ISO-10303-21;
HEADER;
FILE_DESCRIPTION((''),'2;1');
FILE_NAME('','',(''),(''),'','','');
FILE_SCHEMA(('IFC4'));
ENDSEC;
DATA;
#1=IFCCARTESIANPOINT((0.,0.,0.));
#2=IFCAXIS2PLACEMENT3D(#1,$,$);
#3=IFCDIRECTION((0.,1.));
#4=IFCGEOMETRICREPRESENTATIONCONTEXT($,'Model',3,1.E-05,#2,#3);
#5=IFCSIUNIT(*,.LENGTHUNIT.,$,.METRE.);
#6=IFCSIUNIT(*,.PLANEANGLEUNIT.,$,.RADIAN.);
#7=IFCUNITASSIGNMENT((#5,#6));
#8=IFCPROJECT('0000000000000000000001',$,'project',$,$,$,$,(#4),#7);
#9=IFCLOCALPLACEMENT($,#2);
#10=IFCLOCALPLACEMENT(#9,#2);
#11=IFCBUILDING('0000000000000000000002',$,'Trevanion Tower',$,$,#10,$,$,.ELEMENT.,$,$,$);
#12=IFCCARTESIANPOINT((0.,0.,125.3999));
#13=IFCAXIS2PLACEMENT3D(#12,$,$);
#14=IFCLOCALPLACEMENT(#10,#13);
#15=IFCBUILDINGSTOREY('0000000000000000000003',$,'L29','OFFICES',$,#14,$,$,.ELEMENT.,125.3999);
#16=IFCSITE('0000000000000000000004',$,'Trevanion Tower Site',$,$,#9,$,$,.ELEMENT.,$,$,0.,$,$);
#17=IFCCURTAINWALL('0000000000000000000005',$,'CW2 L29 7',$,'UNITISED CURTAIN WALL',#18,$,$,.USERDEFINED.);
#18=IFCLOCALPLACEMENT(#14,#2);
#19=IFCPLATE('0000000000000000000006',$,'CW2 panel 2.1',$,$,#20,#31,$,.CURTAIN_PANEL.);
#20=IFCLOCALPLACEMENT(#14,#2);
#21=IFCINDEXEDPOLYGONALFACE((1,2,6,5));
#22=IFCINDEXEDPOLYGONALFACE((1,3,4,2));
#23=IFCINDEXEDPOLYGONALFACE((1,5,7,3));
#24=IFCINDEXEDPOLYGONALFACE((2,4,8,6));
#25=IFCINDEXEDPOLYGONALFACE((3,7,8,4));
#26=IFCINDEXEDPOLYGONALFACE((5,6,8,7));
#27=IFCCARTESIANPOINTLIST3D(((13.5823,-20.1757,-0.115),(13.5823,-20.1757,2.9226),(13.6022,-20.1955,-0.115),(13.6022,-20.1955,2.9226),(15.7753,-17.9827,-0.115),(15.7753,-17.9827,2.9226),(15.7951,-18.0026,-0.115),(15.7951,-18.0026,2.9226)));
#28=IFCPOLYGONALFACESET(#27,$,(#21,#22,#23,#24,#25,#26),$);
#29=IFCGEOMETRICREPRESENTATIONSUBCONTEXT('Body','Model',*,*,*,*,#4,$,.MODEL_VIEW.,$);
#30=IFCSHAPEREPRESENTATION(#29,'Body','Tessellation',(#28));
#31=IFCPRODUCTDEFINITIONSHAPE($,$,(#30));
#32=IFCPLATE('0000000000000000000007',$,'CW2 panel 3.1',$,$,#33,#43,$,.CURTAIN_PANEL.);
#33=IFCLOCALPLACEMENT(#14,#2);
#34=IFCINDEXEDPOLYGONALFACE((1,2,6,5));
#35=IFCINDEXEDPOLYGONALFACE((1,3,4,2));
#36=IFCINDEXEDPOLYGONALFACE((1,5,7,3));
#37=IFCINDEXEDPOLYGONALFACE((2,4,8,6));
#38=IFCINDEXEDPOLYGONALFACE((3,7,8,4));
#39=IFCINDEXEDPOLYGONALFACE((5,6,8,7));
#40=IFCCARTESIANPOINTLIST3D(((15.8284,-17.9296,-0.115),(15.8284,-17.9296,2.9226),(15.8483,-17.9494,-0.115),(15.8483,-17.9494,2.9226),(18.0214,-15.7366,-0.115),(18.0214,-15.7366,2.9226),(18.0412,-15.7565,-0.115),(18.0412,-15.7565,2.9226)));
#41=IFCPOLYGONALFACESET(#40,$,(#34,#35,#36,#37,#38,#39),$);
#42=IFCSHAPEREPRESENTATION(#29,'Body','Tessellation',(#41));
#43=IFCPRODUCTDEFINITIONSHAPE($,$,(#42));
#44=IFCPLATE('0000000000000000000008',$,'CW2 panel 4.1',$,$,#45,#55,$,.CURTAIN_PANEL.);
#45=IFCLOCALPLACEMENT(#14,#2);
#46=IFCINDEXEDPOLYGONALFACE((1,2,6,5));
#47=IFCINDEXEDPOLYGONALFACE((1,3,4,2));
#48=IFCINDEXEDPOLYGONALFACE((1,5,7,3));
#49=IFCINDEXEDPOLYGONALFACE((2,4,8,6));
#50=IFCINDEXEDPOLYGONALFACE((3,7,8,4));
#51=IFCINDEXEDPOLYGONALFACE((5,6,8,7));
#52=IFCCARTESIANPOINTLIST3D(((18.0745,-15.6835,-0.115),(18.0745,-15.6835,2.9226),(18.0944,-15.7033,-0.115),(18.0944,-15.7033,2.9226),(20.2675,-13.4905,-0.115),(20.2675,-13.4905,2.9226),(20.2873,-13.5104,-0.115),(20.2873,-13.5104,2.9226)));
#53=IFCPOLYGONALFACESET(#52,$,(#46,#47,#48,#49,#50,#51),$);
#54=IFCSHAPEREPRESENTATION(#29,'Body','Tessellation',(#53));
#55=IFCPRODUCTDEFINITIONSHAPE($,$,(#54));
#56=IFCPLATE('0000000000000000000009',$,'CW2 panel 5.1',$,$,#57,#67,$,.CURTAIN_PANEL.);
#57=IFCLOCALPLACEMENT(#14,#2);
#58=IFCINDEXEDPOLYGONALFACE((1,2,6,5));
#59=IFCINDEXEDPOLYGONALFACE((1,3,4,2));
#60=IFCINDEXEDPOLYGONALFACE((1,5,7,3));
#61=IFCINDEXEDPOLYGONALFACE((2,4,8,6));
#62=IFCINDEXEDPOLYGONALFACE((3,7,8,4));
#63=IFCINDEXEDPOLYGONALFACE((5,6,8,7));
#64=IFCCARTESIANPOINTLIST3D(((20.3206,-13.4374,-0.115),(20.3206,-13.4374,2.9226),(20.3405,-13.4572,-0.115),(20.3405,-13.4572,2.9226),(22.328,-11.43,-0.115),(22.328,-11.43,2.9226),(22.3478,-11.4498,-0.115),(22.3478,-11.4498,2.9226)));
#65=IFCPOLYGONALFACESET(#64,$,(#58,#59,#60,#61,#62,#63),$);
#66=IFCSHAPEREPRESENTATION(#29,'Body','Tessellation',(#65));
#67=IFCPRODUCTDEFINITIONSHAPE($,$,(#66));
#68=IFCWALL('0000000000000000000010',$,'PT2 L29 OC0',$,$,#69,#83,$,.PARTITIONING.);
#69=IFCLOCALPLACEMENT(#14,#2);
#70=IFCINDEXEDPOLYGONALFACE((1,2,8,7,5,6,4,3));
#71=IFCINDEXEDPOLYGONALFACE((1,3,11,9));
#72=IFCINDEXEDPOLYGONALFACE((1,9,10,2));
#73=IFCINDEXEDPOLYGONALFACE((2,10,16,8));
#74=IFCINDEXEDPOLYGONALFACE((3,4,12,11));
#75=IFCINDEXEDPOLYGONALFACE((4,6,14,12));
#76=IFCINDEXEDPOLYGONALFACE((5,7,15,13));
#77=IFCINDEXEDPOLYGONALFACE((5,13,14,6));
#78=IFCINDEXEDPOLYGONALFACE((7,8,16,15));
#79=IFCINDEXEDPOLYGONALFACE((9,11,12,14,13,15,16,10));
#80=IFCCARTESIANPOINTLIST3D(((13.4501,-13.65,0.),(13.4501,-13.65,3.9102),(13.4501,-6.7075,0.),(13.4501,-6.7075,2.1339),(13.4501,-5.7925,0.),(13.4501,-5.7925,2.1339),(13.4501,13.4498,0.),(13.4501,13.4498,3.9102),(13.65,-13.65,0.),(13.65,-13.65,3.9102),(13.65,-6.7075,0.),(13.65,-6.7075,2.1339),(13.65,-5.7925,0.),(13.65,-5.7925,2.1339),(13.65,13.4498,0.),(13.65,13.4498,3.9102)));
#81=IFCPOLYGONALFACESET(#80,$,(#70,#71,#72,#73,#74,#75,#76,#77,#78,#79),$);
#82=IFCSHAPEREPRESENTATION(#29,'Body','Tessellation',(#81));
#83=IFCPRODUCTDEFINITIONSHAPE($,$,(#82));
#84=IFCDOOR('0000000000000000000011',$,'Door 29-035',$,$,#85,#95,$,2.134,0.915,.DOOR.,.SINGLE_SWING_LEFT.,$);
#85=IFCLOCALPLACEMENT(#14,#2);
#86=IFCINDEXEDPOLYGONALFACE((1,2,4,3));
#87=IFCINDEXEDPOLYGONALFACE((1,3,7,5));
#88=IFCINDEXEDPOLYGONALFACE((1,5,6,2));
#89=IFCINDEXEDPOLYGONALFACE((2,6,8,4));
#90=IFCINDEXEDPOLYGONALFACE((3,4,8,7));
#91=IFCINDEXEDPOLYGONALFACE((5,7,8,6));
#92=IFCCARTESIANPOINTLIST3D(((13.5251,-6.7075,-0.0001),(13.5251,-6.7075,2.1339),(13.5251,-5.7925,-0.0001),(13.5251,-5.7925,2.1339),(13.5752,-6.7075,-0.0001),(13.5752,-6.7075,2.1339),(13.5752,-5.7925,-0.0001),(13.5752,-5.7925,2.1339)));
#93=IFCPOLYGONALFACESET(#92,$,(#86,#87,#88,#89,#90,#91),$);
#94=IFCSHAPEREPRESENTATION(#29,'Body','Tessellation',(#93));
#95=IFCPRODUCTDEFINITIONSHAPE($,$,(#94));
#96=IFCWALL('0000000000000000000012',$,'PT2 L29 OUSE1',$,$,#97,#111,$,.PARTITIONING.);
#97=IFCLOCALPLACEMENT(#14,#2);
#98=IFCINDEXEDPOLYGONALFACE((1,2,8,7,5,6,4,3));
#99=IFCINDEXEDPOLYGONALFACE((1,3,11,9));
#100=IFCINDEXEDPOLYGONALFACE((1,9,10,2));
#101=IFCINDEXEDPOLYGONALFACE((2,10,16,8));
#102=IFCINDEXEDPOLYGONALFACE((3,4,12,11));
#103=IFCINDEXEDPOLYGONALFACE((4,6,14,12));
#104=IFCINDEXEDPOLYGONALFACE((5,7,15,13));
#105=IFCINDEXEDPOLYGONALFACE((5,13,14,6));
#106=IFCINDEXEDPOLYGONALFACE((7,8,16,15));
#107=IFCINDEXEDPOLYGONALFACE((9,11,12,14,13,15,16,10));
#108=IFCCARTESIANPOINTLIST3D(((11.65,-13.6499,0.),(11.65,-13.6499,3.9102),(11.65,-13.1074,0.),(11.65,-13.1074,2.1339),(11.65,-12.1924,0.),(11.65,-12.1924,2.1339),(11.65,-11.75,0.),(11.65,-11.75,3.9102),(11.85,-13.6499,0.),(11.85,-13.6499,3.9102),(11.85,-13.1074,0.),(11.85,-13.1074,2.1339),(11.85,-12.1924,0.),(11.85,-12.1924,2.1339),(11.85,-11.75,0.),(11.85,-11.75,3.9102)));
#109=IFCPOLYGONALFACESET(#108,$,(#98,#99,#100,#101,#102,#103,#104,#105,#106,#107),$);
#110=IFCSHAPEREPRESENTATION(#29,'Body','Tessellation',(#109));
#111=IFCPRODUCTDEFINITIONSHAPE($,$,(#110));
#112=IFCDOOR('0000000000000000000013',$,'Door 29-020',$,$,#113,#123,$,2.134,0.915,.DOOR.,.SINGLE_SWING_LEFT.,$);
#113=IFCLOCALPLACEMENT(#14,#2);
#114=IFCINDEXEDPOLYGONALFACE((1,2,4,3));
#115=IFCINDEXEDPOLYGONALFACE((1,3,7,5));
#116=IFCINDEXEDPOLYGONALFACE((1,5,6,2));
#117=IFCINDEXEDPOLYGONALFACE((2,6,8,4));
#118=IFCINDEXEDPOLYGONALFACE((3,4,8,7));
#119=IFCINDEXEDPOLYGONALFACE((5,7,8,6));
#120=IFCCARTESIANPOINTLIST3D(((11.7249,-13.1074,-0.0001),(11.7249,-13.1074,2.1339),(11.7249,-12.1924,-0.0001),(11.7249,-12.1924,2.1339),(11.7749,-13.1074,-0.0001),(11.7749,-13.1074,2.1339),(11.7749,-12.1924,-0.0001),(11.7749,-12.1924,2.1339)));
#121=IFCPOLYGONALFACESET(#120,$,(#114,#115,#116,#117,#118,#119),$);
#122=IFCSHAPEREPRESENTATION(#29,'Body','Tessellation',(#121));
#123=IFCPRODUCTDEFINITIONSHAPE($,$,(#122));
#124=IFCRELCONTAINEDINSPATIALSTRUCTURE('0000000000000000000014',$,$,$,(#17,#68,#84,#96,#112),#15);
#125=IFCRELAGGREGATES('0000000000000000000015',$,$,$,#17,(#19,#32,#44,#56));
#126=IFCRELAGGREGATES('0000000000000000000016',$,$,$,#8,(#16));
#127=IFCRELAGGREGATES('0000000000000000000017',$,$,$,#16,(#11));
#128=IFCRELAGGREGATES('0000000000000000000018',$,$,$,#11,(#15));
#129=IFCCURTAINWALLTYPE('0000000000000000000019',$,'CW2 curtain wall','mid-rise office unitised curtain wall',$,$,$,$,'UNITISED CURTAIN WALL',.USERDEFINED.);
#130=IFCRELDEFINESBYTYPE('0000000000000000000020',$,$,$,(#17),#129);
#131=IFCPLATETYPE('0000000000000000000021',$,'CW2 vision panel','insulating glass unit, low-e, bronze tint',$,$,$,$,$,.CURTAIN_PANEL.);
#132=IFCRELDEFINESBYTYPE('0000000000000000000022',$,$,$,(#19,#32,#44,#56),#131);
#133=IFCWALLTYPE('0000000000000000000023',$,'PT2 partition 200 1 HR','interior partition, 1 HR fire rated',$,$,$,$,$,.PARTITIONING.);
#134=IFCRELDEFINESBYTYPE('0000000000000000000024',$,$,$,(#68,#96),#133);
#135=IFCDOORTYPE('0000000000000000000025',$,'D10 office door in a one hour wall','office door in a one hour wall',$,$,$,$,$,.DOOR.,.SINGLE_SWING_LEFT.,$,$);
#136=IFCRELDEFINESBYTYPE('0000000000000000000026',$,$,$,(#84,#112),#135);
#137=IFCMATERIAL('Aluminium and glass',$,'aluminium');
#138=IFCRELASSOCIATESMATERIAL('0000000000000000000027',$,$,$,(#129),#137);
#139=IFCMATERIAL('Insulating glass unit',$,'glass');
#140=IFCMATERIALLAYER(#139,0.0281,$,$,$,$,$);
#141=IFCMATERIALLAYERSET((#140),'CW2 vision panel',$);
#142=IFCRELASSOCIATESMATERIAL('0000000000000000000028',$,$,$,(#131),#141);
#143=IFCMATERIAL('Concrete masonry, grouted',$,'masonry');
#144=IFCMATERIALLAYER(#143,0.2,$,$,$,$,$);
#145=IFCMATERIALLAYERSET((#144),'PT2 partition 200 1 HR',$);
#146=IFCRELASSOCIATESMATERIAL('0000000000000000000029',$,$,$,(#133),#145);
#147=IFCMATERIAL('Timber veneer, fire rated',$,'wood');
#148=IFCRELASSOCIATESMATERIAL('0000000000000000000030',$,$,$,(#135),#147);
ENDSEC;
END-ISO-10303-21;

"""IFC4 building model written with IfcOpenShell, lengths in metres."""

from ifc_helpers import new_model, si_unit, direction, frame, frame_2d, origin, origin_2d, place, context, subcontext, project, spatial, rectangle, extrude, material, layer, layer_set, type_object, element, fill, aggregate, save


model = new_model("IFC4")

# Units and contexts
model_context = context("Model", 3, precision=1e-05, world=origin(), true_north=direction((0.0, 1.0)))
body_context = subcontext(model_context, "Body", "Model", "MODEL_VIEW")
ifc_project = project(units=[si_unit("LENGTHUNIT", "METRE"), si_unit("PLANEANGLEUNIT", "RADIAN")], contexts=[model_context])

# Site, building, storey
site_placement = place(None, origin())
site = spatial("IfcSite", under=ifc_project, at=site_placement, Name="Trevanion Tower Site", CompositionType="ELEMENT", RefElevation=0.0)
building_placement = place(site_placement, origin())
building = spatial("IfcBuilding", under=site, at=building_placement, Name="Trevanion Tower", CompositionType="ELEMENT")
storey_placement = place(building_placement, frame((0.0, 0.0, 125.3999)))
storey = spatial("IfcBuildingStorey", under=building, at=storey_placement, Name="L29", Description="OFFICES", CompositionType="ELEMENT", Elevation=125.3999)

# Curtain wall
ifc_material_1 = material(Name="Aluminium and glass", Category="aluminium")
curtain_wall_type = type_object("IfcCurtainWallType", Name="CW2 curtain wall", Description="mid-rise office unitised curtain wall", ElementType="UNITISED CURTAIN WALL", PredefinedType="USERDEFINED", material=ifc_material_1)
curtain_wall_placement = place(storey_placement, origin())
curtain_wall = element("IfcCurtainWall", 1, at=curtain_wall_placement, inside=storey, type_object=curtain_wall_type, Name="CW2 L29 7", ObjectType="UNITISED CURTAIN WALL", PredefinedType="USERDEFINED")

# Plates
ifc_material_2 = material(Name="Insulating glass unit", Category="glass")
ifc_layer_1 = layer(ifc_material_2, 0.0281)
ifc_layer_set_1 = layer_set([ifc_layer_1], Name="CW2 vision panel")
plate_type_1 = type_object("IfcPlateType", Name="CW2 vision panel", Description="insulating glass unit, low-e, bronze tint", PredefinedType="CURTAIN_PANEL", material=ifc_layer_set_1)
plate_1_placement = place(storey_placement, frame((14.6887, -19.0891, -0.115), z_axis=(0.0, 0.0, 1.0), x_axis=(0.707107, 0.707107, 0.0)))
plate_1 = element("IfcPlate", 2, at=plate_1_placement, type_object=plate_type_1, Name="CW2 panel 2.1", PredefinedType="CURTAIN_PANEL", context=body_context, shape_type="SweptSolid", body=[
    extrude(rectangle(XDim=3.1013, YDim=0.0281, at=origin_2d()), origin(), (0.0, 0.0, 1.0), 3.0376),
])
plate_2_placement = place(storey_placement, frame((16.9348, -16.843, -0.115), z_axis=(0.0, 0.0, 1.0), x_axis=(0.707107, 0.707107, 0.0)))
plate_2 = element("IfcPlate", 3, at=plate_2_placement, type_object=plate_type_1, Name="CW2 panel 3.1", PredefinedType="CURTAIN_PANEL", context=body_context, shape_type="SweptSolid", body=[
    extrude(rectangle(XDim=3.1013, YDim=0.0281, at=origin_2d()), origin(), (0.0, 0.0, 1.0), 3.0376),
])
plate_3_placement = place(storey_placement, frame((19.1809, -14.5969, -0.115), z_axis=(0.0, 0.0, 1.0), x_axis=(0.707107, 0.707107, 0.0)))
plate_3 = element("IfcPlate", 4, at=plate_3_placement, type_object=plate_type_1, Name="CW2 panel 4.1", PredefinedType="CURTAIN_PANEL", context=body_context, shape_type="SweptSolid", body=[
    extrude(rectangle(XDim=3.1013, YDim=0.0281, at=origin_2d()), origin(), (0.0, 0.0, 1.0), 3.0376),
])
plate_4_placement = place(storey_placement, frame((21.3342, -12.4436, -0.115), z_axis=(0.0, 0.0, 1.0), x_axis=(0.707107, 0.707107, 0.0)))
plate_4 = element("IfcPlate", 5, at=plate_4_placement, type_object=plate_type_1, Name="CW2 panel 5.1", PredefinedType="CURTAIN_PANEL", context=body_context, shape_type="SweptSolid", body=[
    extrude(rectangle(XDim=2.8389, YDim=0.0281, at=origin_2d()), origin(), (0.0, 0.0, 1.0), 3.0376),
])
aggregate(curtain_wall, [plate_1, plate_2, plate_3, plate_4])

# Walls, openings, doors
ifc_material_3 = material(Name="Concrete masonry, grouted", Category="masonry")
ifc_layer_2 = layer(ifc_material_3, 0.2)
ifc_layer_set_2 = layer_set([ifc_layer_2], Name="PT2 partition 200 1 HR")
wall_type = type_object("IfcWallType", Name="PT2 partition 200 1 HR", Description="interior partition, 1 HR fire rated", PredefinedType="PARTITIONING", material=ifc_layer_set_2)
wall_1_placement = place(storey_placement, frame((13.55, -13.6499, 0.0), z_axis=(0.0, 0.0, 1.0), x_axis=(0.0, 1.0, 0.0)))
wall_1 = element("IfcWall", 6, at=wall_1_placement, inside=storey, type_object=wall_type, Name="PT2 L29 OC0", PredefinedType="PARTITIONING", context=body_context, shape_type="SweptSolid", body=[
    extrude(rectangle(XDim=27.0999, YDim=0.2, at=frame_2d((13.5498, 0.0))), origin(), (0.0, 0.0, 1.0), 3.9102),
])
opening_1_placement = place(wall_1_placement, frame((6.9424, 0.0, 0.0)))
opening_1 = element("IfcOpeningElement", 7, at=opening_1_placement, cuts=wall_1, PredefinedType="OPENING", context=body_context, shape_type="SweptSolid", body=[
    extrude(rectangle(XDim=0.915, YDim=2.134, at=frame_2d((0.4575, 1.0669))), frame((0.0, 0.1099, 0.0), z_axis=(0.0, -1.0, 0.0), x_axis=(1.0, 0.0, 0.0)), (0.0, 0.0, 1.0), 0.22),
])
ifc_material_4 = material(Name="Timber veneer, fire rated", Category="wood")
door_type = type_object("IfcDoorType", Name="D10 office door in a one hour wall", Description="office door in a one hour wall", OperationType="SINGLE_SWING_LEFT", PredefinedType="DOOR", material=ifc_material_4)
door_1_placement = place(opening_1_placement, origin())
door_1 = element("IfcDoor", 8, at=door_1_placement, inside=storey, type_object=door_type, Name="Door 29-035", OperationType="SINGLE_SWING_LEFT", OverallHeight=2.134, OverallWidth=0.915, PredefinedType="DOOR", context=body_context, shape_type="SweptSolid", body=[
    extrude(rectangle(XDim=0.915, YDim=2.134, at=frame_2d((0.4575, 1.0669))), frame((0.0, 0.0249, 0.0), z_axis=(0.0, -1.0, 0.0), x_axis=(1.0, 0.0, 0.0)), (0.0, 0.0, 1.0), 0.05),
])
fill(opening_1, door_1)
wall_2_placement = place(storey_placement, frame((11.75, -11.75, 0.0), z_axis=(0.0, 0.0, 1.0), x_axis=(0.0, -1.0, 0.0)))
wall_2 = element("IfcWall", 9, at=wall_2_placement, inside=storey, type_object=wall_type, Name="PT2 L29 OUSE1", PredefinedType="PARTITIONING", context=body_context, shape_type="SweptSolid", body=[
    extrude(rectangle(XDim=1.8999, YDim=0.2, at=frame_2d((0.95, 0.0))), origin(), (0.0, 0.0, 1.0), 3.9102),
])
opening_2_placement = place(wall_2_placement, frame((0.4424, 0.0, 0.0)))
opening_2 = element("IfcOpeningElement", 10, at=opening_2_placement, cuts=wall_2, PredefinedType="OPENING", context=body_context, shape_type="SweptSolid", body=[
    extrude(rectangle(XDim=0.915, YDim=2.134, at=frame_2d((0.4575, 1.0669))), frame((0.0, 0.1099, 0.0), z_axis=(0.0, -1.0, 0.0), x_axis=(1.0, 0.0, 0.0)), (0.0, 0.0, 1.0), 0.22),
])
door_2_placement = place(opening_2_placement, origin())
door_2 = element("IfcDoor", 11, at=door_2_placement, inside=storey, type_object=door_type, Name="Door 29-020", OperationType="SINGLE_SWING_LEFT", OverallHeight=2.134, OverallWidth=0.915, PredefinedType="DOOR", context=body_context, shape_type="SweptSolid", body=[
    extrude(rectangle(XDim=0.915, YDim=2.134, at=frame_2d((0.4575, 1.0669))), frame((0.0, 0.0249, 0.0), z_axis=(0.0, -1.0, 0.0), x_axis=(1.0, 0.0, 0.0)), (0.0, 0.0, 1.0), 0.05),
])
fill(opening_2, door_2)

save(model, "model.ifc")
